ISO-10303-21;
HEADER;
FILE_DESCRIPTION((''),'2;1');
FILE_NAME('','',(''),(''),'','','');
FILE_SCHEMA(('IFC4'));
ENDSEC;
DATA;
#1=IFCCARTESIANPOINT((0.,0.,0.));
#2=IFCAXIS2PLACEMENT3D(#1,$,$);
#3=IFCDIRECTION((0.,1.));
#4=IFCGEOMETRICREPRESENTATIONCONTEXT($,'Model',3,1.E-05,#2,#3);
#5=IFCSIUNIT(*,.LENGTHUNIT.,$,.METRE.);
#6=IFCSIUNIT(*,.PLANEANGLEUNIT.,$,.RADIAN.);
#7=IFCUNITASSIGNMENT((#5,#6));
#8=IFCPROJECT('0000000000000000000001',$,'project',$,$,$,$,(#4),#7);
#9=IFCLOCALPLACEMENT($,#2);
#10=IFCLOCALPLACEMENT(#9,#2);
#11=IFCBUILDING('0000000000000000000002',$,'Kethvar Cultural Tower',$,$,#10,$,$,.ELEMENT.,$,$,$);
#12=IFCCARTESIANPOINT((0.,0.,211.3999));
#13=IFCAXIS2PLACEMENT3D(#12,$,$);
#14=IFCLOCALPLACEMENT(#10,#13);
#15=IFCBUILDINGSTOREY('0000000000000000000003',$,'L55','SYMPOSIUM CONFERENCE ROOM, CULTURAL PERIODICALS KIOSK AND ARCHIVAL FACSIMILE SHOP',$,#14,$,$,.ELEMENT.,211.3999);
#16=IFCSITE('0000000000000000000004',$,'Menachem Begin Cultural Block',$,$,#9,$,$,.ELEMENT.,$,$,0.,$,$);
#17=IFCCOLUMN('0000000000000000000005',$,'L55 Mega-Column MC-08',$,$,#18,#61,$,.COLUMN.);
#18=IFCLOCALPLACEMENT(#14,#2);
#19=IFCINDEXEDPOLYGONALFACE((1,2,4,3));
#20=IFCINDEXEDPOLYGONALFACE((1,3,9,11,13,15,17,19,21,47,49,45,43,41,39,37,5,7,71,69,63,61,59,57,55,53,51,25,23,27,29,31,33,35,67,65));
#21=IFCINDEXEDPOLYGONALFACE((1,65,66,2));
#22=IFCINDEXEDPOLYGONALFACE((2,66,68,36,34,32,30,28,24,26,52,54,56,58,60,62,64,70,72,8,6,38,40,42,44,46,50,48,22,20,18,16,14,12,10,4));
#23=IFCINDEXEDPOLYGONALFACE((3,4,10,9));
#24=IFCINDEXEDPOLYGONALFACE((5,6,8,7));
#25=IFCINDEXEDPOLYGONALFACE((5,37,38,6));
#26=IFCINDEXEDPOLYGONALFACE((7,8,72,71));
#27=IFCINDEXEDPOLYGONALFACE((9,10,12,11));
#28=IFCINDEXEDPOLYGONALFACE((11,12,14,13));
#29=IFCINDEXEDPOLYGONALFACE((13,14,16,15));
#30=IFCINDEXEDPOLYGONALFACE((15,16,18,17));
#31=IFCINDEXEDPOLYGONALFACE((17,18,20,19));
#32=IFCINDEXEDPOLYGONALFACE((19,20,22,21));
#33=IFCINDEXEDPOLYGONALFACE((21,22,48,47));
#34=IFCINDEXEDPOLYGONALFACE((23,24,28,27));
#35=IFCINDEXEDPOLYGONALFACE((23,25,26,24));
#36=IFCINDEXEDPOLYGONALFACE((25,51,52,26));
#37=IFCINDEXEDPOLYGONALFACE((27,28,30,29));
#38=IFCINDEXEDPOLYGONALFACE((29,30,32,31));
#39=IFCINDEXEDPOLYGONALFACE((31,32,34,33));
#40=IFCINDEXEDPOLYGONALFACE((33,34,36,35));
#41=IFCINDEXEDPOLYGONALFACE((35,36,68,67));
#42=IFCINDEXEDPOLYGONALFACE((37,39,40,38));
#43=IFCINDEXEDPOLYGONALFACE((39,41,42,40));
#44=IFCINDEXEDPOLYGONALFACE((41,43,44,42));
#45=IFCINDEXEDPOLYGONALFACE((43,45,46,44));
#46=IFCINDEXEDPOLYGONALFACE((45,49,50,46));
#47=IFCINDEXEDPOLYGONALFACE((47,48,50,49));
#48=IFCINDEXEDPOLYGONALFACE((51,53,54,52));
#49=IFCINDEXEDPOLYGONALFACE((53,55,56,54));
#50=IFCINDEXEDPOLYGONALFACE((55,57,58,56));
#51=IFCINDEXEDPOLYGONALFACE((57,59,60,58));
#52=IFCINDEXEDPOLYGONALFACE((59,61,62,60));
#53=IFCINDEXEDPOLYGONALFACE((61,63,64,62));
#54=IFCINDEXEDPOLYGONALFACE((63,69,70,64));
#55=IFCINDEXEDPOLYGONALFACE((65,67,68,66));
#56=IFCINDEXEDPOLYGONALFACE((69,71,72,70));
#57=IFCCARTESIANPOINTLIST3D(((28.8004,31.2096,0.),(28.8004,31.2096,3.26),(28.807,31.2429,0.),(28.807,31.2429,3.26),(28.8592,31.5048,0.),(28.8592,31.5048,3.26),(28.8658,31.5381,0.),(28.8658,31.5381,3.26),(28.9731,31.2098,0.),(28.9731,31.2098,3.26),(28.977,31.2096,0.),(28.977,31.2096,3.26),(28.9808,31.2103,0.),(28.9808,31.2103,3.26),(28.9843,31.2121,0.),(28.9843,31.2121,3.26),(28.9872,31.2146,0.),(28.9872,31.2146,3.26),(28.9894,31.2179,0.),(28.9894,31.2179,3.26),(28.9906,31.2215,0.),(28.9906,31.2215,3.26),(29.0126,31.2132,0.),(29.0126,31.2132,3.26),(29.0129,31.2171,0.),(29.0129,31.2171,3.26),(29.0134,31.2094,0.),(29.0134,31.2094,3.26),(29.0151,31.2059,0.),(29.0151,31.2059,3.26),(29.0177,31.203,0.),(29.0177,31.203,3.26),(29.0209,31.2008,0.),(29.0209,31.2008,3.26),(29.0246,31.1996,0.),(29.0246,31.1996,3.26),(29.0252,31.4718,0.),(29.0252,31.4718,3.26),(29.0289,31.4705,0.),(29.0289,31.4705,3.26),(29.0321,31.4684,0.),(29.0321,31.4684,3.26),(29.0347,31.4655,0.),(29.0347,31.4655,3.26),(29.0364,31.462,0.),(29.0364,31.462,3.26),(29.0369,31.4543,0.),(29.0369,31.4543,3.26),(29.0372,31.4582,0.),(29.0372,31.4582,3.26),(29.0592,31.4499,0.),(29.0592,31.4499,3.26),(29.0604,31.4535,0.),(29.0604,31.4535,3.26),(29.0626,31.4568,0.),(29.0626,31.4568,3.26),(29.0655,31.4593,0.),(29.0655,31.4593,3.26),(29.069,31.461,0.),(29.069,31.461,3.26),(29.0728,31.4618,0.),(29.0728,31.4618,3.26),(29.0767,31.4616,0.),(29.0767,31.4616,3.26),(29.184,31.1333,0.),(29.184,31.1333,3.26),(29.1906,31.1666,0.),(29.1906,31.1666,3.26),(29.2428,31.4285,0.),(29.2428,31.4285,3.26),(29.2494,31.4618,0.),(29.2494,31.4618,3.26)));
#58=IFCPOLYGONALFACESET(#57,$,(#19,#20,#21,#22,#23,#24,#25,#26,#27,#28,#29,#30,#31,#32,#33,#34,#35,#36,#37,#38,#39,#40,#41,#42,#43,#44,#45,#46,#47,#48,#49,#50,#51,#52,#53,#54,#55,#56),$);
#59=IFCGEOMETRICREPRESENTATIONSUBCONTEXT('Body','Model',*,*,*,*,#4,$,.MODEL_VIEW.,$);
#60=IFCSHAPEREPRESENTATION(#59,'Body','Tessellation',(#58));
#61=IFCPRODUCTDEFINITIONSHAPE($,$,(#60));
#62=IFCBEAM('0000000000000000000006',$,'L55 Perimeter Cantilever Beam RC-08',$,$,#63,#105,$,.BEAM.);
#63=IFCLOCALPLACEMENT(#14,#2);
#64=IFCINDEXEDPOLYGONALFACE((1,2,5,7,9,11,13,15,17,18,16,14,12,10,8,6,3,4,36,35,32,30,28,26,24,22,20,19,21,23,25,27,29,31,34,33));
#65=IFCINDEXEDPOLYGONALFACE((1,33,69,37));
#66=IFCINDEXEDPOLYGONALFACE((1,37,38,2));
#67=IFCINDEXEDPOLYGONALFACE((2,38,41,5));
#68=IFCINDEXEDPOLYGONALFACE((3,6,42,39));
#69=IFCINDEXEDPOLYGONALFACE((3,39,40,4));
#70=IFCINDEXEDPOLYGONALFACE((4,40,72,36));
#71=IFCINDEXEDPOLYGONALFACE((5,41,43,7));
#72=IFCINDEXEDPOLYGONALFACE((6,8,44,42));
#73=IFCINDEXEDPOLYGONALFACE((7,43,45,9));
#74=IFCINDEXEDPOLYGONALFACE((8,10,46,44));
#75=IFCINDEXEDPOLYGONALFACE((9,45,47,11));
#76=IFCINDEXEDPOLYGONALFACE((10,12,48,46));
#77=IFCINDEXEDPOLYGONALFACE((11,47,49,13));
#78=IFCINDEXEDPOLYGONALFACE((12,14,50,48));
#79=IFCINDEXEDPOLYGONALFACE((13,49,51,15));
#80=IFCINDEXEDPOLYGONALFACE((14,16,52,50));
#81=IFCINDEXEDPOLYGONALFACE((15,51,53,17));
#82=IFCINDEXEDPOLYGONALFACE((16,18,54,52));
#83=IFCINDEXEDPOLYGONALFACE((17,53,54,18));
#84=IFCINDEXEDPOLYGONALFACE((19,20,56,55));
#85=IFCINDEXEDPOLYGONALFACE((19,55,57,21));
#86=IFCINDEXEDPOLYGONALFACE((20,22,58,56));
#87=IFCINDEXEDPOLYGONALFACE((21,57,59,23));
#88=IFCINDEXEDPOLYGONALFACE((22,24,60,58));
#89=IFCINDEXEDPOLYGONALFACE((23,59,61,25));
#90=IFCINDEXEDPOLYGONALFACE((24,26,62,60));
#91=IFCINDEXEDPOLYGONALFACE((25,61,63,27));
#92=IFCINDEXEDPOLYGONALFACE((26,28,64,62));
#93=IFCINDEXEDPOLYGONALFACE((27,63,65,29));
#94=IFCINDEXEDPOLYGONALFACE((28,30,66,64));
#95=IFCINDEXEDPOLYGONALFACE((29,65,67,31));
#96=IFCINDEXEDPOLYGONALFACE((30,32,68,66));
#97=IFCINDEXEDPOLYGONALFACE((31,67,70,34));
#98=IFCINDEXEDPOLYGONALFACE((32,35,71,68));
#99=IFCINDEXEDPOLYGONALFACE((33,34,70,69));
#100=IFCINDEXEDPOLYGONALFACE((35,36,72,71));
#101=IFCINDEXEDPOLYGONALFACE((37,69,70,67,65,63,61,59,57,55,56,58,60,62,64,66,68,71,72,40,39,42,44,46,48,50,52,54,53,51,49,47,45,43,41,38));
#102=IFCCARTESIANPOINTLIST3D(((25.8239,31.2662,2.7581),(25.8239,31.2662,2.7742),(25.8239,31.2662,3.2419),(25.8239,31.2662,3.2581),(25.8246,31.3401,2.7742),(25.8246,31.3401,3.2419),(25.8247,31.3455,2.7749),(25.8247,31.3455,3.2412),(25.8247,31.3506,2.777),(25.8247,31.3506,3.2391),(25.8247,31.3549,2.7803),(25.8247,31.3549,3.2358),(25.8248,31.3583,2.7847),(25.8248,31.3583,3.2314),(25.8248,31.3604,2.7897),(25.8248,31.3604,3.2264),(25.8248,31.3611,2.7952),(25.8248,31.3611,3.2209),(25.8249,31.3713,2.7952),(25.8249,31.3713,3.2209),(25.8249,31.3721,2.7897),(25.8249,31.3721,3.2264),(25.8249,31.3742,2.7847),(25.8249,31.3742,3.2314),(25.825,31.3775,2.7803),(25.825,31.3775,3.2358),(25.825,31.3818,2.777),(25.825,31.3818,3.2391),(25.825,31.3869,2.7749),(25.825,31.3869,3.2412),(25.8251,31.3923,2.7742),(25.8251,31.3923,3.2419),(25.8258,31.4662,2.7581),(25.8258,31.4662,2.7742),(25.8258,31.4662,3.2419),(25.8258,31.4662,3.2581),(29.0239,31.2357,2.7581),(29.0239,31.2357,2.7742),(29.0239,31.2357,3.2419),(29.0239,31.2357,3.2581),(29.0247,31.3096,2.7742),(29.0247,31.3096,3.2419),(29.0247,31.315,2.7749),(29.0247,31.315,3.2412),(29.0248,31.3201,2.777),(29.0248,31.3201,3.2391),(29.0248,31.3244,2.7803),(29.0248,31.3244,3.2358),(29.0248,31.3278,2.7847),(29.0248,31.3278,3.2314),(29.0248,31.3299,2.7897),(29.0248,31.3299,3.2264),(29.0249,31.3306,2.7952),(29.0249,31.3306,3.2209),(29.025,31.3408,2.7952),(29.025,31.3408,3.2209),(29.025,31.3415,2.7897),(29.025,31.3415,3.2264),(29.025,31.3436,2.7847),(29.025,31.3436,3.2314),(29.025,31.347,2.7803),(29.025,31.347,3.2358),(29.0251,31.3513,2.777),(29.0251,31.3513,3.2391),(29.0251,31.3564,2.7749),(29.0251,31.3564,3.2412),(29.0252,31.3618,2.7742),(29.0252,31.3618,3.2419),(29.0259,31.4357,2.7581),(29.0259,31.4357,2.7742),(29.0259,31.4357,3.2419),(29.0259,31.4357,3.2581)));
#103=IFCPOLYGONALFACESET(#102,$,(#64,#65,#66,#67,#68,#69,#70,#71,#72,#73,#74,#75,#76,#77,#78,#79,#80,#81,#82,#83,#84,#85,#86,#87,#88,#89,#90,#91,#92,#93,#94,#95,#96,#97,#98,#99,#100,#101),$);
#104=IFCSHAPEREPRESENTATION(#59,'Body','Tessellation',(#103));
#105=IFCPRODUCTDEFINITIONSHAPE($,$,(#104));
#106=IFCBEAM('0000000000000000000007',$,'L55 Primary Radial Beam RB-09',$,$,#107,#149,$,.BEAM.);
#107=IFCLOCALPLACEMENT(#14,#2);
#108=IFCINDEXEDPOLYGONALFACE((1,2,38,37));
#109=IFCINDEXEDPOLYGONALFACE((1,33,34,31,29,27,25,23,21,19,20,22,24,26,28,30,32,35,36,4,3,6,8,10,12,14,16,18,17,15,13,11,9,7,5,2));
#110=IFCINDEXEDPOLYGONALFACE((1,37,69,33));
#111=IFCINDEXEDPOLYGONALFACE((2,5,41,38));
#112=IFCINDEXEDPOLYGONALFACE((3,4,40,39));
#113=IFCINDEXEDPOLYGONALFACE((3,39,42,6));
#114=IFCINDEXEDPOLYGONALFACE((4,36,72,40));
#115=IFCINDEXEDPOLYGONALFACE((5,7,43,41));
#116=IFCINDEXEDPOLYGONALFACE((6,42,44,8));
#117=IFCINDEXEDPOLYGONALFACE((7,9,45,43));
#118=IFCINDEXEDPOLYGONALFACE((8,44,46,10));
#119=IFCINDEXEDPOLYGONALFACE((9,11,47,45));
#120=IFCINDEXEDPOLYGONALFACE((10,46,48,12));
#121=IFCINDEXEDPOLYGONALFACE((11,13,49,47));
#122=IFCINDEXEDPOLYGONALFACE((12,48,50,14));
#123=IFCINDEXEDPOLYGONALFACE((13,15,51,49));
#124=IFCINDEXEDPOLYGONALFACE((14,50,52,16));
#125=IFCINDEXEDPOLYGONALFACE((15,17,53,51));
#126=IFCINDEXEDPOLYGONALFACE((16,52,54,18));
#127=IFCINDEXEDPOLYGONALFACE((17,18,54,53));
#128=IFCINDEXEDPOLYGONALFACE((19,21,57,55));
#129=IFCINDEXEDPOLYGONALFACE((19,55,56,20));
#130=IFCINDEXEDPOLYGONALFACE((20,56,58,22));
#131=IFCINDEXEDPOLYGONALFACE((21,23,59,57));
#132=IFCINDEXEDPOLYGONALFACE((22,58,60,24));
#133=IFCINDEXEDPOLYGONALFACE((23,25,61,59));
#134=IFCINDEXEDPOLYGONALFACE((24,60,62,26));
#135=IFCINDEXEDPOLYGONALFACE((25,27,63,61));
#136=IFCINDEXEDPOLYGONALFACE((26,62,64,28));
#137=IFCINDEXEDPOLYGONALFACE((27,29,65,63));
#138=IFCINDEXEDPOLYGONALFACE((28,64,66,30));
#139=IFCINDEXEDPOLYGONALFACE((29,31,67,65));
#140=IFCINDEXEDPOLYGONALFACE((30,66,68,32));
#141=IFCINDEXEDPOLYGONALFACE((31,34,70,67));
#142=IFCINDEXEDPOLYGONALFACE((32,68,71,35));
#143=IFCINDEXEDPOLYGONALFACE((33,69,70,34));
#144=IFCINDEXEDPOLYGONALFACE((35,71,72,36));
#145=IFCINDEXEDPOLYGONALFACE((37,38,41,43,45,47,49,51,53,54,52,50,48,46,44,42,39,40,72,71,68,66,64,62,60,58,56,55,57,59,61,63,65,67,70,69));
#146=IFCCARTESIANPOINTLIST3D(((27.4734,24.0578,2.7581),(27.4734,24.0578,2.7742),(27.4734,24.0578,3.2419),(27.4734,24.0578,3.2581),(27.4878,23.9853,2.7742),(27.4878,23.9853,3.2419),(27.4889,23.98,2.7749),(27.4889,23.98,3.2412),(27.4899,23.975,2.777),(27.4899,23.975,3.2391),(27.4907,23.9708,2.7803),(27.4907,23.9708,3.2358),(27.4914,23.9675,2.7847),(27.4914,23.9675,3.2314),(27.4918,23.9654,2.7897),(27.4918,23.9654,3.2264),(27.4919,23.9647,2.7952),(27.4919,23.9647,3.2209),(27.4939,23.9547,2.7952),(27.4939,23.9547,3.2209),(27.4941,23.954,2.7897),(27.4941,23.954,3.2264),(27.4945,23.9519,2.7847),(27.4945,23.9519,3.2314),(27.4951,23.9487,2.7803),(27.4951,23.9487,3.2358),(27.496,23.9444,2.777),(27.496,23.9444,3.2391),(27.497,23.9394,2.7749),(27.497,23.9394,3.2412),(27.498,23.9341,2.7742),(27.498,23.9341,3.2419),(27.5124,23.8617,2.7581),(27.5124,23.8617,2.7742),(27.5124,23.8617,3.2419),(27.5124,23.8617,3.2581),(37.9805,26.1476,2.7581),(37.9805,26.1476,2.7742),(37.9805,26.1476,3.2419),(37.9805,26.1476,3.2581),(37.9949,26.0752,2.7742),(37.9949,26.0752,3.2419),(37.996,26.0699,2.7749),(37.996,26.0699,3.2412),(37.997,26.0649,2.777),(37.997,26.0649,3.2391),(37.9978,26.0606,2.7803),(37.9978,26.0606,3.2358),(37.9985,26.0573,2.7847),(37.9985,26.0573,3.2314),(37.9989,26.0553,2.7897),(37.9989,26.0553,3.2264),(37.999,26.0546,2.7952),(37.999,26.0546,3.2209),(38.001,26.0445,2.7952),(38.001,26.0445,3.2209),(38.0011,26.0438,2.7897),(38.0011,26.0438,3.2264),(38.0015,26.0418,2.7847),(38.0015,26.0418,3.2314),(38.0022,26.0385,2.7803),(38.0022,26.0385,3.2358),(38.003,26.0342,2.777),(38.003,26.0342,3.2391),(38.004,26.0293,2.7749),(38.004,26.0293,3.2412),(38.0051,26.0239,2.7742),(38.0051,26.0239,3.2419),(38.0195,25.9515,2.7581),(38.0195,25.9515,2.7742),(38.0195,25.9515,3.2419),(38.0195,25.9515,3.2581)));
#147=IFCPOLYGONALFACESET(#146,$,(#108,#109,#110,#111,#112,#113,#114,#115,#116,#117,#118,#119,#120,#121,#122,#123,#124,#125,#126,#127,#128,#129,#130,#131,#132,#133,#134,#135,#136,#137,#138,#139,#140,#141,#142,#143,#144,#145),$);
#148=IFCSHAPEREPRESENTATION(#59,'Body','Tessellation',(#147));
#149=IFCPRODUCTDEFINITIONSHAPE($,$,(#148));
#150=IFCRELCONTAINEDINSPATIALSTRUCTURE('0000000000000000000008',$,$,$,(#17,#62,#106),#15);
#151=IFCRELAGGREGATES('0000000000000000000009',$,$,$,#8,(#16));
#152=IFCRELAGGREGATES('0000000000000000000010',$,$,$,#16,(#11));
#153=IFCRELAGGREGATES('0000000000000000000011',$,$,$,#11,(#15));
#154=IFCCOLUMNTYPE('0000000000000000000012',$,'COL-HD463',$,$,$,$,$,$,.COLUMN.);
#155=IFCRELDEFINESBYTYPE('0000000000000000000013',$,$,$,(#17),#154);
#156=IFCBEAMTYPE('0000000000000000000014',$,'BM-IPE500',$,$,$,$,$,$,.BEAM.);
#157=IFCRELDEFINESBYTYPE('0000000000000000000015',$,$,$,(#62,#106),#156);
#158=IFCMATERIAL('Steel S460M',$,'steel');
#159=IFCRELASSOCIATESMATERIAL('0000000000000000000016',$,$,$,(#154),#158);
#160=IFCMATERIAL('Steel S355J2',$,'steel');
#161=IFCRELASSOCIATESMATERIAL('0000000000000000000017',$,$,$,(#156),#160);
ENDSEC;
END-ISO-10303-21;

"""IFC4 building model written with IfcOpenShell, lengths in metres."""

from ifc_helpers import new_model, si_unit, direction, frame, origin, origin_2d, place, context, subcontext, project, spatial, i_section, extrude, source, transform, mapped, material, material_profile, profile_set, type_object, element, save


model = new_model("IFC4")

# Units and contexts
model_context = context("Model", 3, precision=1e-05, world=origin(), true_north=direction((0.0, 1.0)))
body_context = subcontext(model_context, "Body", "Model", "MODEL_VIEW")
ifc_project = project(units=[si_unit("LENGTHUNIT", "METRE"), si_unit("PLANEANGLEUNIT", "RADIAN")], contexts=[model_context])

# Site, building, storey
site_placement = place(None, origin())
site = spatial("IfcSite", under=ifc_project, at=site_placement, Name="Menachem Begin Cultural Block", CompositionType="ELEMENT", RefElevation=0.0)
building_placement = place(site_placement, origin())
building = spatial("IfcBuilding", under=site, at=building_placement, Name="Kethvar Cultural Tower", CompositionType="ELEMENT")
storey_placement = place(building_placement, frame((0.0, 0.0, 211.3999)))
storey = spatial("IfcBuildingStorey", under=building, at=storey_placement, Name="L55", Description="SYMPOSIUM CONFERENCE ROOM, CULTURAL PERIODICALS KIOSK AND ARCHIVAL FACSIMILE SHOP", CompositionType="ELEMENT", Elevation=211.3999)

# Column
ifc_material_1 = material(Name="Steel S460M", Category="steel")
ifc_material_profile_1 = material_profile(ifc_material_1, i_section(OverallWidth=0.3911, OverallDepth=0.335, WebThickness=0.0227, FlangeThickness=0.0339, FilletRadius=0.0149, at=origin_2d()), Name="Steel S460M — HD400x463")
ifc_profile_set_1 = profile_set([ifc_material_profile_1], Name="Steel S460M — HD400x463")
column_type = type_object("IfcColumnType", Name="COL-HD463", PredefinedType="COLUMN", material=ifc_profile_set_1)
shared_shape_1 = source(origin(), body_context, "Body", "SweptSolid", [
    extrude(i_section(OverallWidth=0.3911, OverallDepth=0.335, WebThickness=0.0227, FlangeThickness=0.0339, FilletRadius=0.0149, at=origin_2d()), origin(), (0.0, 0.0, 1.0), 3.26),
])
column_placement = place(storey_placement, frame((29.0249, 31.3357, 0.0), z_axis=(0.0, 0.0, 1.0), x_axis=(-0.980785, 0.19509, 0.0)))
element("IfcColumn", 1, at=column_placement, inside=storey, type_object=column_type, Name="L55 Mega-Column MC-08", PredefinedType="COLUMN", context=body_context, shape_type="MappedRepresentation", body=[
    mapped(shared_shape_1, transform((0.0, 0.0, 0.0), scale=1.0)),
])

# Beams
ifc_material_2 = material(Name="Steel S355J2", Category="steel")
ifc_material_profile_2 = material_profile(ifc_material_2, i_section(OverallWidth=0.2, OverallDepth=0.5, WebThickness=0.0103, FlangeThickness=0.0161, FilletRadius=0.021, at=origin_2d()), Name="Steel S355J2 — IPE500")
ifc_profile_set_2 = profile_set([ifc_material_profile_2], Name="Steel S355J2 — IPE500")
beam_type_1 = type_object("IfcBeamType", Name="BM-IPE500", PredefinedType="BEAM", material=ifc_profile_set_2)
shared_shape_2 = source(origin(), body_context, "Body", "SweptSolid", [
    extrude(i_section(OverallWidth=0.2, OverallDepth=0.5, WebThickness=0.0103, FlangeThickness=0.0161, FilletRadius=0.021, at=origin_2d()), origin(), (0.0, 0.0, 1.0), 3.2002),
])
beam_1_placement = place(storey_placement, frame((29.0249, 31.3357, 3.0081), z_axis=(-0.999955, 0.009536, 0.0), x_axis=(-0.009536, -0.999955, 0.0)))
element("IfcBeam", 2, at=beam_1_placement, inside=storey, type_object=beam_type_1, Name="L55 Perimeter Cantilever Beam RC-08", PredefinedType="BEAM", context=body_context, shape_type="MappedRepresentation", body=[
    mapped(shared_shape_2, transform((0.0, 0.0, 0.0), scale=1.0)),
])
shared_shape_3 = source(origin(), body_context, "Body", "SweptSolid", [
    extrude(i_section(OverallWidth=0.2, OverallDepth=0.5, WebThickness=0.0103, FlangeThickness=0.0161, FilletRadius=0.021, at=origin_2d()), origin(), (0.0, 0.0, 1.0), 10.7129),
])
beam_2_placement = place(storey_placement, frame((38.0, 26.0496, 3.0081), z_axis=(-0.980788, -0.195077, 0.0), x_axis=(0.195077, -0.980788, 0.0)))
element("IfcBeam", 3, at=beam_2_placement, inside=storey, type_object=beam_type_1, Name="L55 Primary Radial Beam RB-09", PredefinedType="BEAM", context=body_context, shape_type="MappedRepresentation", body=[
    mapped(shared_shape_3, transform((0.0, 0.0, 0.0), scale=1.0)),
])

save(model, "model.ifc")
